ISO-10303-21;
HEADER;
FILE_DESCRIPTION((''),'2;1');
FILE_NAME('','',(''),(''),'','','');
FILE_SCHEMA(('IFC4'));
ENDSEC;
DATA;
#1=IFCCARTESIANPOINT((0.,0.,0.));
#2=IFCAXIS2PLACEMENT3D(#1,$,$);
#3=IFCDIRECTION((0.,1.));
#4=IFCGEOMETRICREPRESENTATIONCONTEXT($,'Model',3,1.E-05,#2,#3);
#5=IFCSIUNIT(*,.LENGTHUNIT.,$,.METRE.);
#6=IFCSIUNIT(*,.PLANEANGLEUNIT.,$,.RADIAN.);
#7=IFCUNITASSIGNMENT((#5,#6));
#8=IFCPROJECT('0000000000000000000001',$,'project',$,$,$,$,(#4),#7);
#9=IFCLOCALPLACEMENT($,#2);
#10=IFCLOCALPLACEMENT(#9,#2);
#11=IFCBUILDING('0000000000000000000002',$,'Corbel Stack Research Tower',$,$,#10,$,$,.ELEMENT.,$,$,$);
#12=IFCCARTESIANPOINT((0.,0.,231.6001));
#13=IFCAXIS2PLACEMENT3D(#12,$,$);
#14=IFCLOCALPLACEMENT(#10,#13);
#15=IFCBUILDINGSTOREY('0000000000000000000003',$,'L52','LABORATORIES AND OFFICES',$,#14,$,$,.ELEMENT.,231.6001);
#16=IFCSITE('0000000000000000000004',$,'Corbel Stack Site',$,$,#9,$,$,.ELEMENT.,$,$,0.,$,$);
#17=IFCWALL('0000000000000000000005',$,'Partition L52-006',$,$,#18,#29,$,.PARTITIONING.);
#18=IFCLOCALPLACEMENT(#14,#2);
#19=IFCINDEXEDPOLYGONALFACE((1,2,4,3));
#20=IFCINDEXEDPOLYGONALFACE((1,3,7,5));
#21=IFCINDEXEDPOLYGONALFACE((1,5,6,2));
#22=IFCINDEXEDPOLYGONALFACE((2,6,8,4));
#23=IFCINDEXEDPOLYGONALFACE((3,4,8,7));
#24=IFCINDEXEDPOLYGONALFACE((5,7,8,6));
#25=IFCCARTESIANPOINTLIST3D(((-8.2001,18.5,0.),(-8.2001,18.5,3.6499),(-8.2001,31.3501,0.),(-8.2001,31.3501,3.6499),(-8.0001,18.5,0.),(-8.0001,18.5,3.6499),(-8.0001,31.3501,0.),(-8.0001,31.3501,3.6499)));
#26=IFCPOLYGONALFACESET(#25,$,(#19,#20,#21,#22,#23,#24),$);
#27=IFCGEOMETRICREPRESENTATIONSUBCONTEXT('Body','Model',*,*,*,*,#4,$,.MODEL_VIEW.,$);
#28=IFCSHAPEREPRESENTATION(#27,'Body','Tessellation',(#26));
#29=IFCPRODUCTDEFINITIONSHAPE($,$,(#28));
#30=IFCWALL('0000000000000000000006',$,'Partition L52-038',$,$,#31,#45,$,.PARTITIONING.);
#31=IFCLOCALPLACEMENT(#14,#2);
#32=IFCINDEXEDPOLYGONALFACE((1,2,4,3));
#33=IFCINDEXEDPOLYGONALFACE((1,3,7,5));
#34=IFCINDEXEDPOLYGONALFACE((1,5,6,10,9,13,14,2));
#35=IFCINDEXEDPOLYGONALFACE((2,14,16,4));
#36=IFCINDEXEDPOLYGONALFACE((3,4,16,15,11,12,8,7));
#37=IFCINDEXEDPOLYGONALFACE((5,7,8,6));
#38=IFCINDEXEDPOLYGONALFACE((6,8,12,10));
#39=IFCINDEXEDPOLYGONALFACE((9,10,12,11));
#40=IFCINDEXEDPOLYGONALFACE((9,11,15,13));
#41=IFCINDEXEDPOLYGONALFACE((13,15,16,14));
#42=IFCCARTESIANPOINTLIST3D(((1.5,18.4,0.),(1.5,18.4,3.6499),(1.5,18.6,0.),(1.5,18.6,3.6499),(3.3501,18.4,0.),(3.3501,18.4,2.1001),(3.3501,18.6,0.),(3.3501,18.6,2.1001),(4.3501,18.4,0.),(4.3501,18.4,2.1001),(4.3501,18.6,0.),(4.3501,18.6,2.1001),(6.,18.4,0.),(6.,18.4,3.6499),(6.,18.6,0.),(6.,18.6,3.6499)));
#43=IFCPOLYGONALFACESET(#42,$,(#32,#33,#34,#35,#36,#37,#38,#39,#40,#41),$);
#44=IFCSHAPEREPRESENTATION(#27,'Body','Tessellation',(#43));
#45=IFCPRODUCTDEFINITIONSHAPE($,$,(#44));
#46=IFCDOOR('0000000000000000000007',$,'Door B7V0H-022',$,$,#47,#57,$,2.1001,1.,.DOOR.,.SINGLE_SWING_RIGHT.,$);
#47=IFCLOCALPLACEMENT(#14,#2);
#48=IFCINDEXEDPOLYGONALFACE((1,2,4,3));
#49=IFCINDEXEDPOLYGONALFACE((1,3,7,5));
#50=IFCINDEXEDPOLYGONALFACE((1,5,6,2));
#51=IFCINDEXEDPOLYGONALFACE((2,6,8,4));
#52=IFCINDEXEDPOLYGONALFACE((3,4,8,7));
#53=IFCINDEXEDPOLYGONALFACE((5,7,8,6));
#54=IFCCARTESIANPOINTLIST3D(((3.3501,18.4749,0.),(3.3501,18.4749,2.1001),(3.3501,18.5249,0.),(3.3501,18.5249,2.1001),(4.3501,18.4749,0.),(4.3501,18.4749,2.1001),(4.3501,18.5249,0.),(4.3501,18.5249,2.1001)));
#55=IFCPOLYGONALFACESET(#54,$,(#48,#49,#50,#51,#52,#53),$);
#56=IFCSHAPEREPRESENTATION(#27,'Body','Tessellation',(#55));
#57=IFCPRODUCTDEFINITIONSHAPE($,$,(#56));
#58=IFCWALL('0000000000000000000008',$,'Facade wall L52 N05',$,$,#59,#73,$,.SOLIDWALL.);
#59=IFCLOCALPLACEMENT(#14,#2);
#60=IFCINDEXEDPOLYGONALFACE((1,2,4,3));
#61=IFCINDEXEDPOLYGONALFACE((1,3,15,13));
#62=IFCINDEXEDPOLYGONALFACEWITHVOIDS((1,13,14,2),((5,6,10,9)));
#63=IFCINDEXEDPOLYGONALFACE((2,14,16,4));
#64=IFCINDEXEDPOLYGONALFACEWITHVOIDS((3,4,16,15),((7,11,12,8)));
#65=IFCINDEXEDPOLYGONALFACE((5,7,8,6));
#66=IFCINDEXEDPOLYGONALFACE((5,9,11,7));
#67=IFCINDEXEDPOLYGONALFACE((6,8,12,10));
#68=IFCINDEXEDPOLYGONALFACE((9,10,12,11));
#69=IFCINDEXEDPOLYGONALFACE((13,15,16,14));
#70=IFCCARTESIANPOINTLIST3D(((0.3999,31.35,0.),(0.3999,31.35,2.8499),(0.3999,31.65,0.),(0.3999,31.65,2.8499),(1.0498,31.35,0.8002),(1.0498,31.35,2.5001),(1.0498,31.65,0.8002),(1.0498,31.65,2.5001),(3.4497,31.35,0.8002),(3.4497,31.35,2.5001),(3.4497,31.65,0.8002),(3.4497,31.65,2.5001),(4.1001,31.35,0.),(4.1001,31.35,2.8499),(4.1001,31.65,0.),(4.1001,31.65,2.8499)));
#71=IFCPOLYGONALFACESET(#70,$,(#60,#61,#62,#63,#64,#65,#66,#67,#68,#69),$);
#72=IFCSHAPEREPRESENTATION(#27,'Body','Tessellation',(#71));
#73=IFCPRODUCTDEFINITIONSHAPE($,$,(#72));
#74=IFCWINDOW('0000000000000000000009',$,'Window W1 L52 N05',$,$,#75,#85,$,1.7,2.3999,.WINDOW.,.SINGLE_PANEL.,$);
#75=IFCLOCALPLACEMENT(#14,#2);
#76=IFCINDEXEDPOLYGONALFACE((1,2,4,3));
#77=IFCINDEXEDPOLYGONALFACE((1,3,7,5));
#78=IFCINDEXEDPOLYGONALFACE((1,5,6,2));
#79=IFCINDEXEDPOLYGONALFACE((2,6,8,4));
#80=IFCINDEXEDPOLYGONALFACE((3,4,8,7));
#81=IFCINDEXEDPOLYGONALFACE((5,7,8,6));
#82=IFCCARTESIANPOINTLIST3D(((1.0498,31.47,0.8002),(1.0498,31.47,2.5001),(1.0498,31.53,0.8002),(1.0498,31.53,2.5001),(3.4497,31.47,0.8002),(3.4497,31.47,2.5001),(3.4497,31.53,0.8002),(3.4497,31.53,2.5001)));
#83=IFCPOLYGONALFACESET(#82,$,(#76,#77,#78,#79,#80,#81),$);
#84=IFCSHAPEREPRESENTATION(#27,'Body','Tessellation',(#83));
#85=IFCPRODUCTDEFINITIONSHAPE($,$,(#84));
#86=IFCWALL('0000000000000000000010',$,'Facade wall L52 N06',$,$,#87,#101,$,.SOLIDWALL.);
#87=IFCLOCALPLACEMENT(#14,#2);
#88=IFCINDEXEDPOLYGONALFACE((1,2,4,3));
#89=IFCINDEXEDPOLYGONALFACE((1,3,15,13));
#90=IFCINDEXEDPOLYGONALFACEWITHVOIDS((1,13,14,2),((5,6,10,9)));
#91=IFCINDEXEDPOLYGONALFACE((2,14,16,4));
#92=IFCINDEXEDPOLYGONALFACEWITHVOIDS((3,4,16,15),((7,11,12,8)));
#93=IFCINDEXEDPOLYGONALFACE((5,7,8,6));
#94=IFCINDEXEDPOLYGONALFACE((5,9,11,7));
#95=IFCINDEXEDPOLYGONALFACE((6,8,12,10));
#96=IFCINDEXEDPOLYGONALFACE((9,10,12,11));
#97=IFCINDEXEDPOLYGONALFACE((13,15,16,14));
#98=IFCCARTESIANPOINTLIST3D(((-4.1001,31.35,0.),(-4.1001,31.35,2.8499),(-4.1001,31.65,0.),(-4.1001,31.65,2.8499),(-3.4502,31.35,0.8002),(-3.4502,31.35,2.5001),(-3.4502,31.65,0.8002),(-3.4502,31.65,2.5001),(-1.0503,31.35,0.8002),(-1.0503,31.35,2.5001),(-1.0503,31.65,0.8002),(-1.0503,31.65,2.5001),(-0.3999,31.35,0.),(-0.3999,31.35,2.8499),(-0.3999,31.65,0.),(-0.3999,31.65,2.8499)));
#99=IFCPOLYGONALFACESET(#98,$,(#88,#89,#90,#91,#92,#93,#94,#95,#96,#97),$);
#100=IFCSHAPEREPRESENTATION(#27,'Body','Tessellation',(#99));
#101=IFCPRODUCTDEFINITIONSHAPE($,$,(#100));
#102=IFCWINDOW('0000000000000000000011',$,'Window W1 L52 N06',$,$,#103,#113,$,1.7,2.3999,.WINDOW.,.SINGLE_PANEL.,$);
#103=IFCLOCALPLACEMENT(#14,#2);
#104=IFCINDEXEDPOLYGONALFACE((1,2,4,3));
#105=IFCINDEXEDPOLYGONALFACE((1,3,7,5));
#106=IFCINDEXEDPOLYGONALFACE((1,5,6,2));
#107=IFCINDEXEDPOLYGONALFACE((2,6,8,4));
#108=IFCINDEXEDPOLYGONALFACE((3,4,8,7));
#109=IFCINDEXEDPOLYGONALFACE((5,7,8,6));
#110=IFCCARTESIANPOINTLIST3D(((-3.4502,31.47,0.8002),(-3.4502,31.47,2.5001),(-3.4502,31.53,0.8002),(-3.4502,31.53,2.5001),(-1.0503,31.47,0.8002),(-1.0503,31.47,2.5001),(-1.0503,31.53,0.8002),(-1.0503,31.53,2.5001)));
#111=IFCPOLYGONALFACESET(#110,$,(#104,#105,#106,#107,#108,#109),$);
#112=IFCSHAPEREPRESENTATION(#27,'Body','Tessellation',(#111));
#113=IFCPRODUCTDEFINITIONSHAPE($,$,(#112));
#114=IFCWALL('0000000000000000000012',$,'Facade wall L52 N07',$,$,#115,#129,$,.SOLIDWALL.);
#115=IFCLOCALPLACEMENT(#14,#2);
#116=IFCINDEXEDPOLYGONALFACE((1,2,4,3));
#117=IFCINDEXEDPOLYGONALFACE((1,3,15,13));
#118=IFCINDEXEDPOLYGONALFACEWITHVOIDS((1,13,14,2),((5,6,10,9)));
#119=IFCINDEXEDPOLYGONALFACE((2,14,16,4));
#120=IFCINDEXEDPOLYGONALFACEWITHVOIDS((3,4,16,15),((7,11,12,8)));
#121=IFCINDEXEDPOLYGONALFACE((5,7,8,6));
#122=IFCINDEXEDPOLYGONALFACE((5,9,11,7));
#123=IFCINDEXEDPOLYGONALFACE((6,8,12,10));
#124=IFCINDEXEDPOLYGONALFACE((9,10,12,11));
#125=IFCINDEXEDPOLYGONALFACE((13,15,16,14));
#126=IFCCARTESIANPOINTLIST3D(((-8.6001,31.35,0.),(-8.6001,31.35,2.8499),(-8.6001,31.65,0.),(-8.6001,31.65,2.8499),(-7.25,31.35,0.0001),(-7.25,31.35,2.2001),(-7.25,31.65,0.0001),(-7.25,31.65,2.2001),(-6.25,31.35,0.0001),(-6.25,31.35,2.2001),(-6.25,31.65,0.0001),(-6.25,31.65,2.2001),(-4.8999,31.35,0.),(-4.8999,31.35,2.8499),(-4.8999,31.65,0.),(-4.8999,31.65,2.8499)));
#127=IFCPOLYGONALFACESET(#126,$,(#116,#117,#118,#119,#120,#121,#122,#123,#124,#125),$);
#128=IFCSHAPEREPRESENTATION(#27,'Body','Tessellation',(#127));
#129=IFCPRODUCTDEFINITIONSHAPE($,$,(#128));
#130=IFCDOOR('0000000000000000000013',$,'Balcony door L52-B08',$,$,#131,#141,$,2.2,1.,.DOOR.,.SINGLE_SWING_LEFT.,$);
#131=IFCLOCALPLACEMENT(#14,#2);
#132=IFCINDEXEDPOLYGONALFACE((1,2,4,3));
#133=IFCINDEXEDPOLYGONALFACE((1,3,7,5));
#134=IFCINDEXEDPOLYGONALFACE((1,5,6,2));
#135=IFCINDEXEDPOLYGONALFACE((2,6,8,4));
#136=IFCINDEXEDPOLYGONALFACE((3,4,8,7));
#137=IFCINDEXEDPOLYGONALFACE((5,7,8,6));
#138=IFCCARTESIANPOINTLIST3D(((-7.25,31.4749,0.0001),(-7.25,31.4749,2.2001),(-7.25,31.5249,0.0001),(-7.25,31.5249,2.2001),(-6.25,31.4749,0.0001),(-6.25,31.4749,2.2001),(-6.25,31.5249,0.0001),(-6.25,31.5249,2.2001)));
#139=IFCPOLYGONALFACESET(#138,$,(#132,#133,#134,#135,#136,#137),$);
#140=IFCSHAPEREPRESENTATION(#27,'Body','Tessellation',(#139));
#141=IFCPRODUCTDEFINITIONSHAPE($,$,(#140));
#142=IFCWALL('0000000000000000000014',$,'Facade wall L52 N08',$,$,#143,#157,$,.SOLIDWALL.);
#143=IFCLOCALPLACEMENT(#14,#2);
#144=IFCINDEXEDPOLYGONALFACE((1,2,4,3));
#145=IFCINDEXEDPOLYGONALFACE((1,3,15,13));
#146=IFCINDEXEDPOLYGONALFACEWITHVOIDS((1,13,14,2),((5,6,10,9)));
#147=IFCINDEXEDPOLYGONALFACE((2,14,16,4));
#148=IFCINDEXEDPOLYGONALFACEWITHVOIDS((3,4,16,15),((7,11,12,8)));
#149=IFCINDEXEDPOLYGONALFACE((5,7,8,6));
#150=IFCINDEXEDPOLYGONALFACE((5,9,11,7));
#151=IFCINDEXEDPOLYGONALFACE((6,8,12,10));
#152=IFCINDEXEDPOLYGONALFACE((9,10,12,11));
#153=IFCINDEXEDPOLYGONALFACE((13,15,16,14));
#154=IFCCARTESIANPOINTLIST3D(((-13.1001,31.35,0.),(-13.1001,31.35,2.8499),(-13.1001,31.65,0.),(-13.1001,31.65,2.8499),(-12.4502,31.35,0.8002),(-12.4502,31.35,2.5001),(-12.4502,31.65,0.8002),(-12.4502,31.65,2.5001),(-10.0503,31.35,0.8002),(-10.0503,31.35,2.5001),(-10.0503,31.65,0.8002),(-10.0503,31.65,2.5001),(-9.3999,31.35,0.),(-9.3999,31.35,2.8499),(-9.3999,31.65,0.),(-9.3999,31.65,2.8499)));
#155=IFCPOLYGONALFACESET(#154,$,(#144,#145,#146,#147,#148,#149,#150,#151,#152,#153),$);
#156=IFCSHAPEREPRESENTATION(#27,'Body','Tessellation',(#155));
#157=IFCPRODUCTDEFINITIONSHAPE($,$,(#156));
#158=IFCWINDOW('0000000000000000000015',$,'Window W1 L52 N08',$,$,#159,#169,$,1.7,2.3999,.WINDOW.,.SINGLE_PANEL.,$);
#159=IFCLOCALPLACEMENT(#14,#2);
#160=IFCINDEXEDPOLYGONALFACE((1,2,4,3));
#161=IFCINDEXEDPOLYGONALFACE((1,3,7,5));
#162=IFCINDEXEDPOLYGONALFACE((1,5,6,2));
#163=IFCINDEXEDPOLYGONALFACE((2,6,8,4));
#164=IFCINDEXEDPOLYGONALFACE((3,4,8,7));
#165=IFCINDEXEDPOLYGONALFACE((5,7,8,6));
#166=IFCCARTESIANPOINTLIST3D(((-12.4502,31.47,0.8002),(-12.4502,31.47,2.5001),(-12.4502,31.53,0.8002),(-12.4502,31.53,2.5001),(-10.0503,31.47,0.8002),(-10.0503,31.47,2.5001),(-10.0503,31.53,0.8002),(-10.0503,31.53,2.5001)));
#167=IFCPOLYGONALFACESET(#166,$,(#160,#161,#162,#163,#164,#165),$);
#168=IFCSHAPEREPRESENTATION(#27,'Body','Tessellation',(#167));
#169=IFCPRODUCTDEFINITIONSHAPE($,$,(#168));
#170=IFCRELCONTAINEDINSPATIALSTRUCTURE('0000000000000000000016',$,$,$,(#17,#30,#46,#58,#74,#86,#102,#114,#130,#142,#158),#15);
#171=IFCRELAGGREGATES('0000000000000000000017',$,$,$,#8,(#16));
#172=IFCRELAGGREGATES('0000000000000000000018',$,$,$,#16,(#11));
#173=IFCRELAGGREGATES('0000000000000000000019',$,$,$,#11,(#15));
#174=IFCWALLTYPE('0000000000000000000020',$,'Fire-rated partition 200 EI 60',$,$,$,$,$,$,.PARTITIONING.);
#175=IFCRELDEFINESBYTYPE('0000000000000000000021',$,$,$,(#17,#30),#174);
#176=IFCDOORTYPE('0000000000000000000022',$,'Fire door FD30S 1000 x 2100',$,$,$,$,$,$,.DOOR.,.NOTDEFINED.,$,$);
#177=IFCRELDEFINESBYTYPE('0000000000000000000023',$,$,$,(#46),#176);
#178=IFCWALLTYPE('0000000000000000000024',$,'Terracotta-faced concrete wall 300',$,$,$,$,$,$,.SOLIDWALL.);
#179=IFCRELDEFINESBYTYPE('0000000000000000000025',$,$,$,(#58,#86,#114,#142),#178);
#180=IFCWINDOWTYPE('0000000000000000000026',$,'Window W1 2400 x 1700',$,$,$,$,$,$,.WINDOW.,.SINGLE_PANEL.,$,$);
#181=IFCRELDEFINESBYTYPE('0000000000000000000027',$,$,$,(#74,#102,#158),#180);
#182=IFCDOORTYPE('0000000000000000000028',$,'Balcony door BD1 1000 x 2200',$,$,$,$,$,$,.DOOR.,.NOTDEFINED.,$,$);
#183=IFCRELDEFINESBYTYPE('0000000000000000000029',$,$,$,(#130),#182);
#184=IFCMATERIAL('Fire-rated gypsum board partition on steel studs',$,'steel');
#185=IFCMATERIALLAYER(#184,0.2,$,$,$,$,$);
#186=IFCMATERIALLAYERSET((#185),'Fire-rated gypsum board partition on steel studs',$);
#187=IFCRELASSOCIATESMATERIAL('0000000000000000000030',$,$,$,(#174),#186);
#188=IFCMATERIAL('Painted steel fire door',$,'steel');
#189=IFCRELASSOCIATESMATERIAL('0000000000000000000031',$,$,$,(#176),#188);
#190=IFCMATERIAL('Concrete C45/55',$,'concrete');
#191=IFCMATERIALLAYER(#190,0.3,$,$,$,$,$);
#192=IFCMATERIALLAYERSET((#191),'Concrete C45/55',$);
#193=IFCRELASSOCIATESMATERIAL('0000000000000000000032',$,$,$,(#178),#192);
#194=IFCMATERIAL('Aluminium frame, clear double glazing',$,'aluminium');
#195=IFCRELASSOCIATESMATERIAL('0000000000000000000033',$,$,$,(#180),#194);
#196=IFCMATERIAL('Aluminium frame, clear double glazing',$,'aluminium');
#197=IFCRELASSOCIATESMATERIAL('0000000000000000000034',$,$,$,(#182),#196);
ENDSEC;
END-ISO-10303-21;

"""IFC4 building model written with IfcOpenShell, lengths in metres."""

from ifc_helpers import new_model, si_unit, direction, frame, frame_2d, origin, place, context, subcontext, project, spatial, rectangle, extrude, material, layer, layer_set, type_object, element, fill, save


model = new_model("IFC4")

# Units and contexts
model_context = context("Model", 3, precision=1e-05, world=origin(), true_north=direction((0.0, 1.0)))
body_context = subcontext(model_context, "Body", "Model", "MODEL_VIEW")
ifc_project = project(units=[si_unit("LENGTHUNIT", "METRE"), si_unit("PLANEANGLEUNIT", "RADIAN")], contexts=[model_context])

# Site, building, storey
site_placement = place(None, origin())
site = spatial("IfcSite", under=ifc_project, at=site_placement, Name="Corbel Stack Site", CompositionType="ELEMENT", RefElevation=0.0)
building_placement = place(site_placement, origin())
building = spatial("IfcBuilding", under=site, at=building_placement, Name="Corbel Stack Research Tower", CompositionType="ELEMENT")
storey_placement = place(building_placement, frame((0.0, 0.0, 231.6001)))
storey = spatial("IfcBuildingStorey", under=building, at=storey_placement, Name="L52", Description="LABORATORIES AND OFFICES", CompositionType="ELEMENT", Elevation=231.6001)

# Wall
ifc_material_1 = material(Name="Fire-rated gypsum board partition on steel studs", Category="steel")
ifc_layer_1 = layer(ifc_material_1, 0.2)
ifc_layer_set_1 = layer_set([ifc_layer_1], Name="Fire-rated gypsum board partition on steel studs")
wall_type_1 = type_object("IfcWallType", Name="Fire-rated partition 200 EI 60", PredefinedType="PARTITIONING", material=ifc_layer_set_1)
wall_1_placement = place(storey_placement, frame((-8.1001, 18.5, 0.0), z_axis=(0.0, 0.0, 1.0), x_axis=(0.0, 1.0, 0.0)))
element("IfcWall", 1, at=wall_1_placement, inside=storey, type_object=wall_type_1, Name="Partition L52-006", PredefinedType="PARTITIONING", context=body_context, shape_type="SweptSolid", body=[
    extrude(rectangle(XDim=12.8501, YDim=0.2, at=frame_2d((6.425, 0.0))), origin(), (0.0, 0.0, 1.0), 3.6499),
])

# Wall, opening, door
wall_2_placement = place(storey_placement, frame((1.5, 18.5, 0.0), z_axis=(0.0, 0.0, 1.0), x_axis=(1.0, 0.0, 0.0)))
wall_2 = element("IfcWall", 2, at=wall_2_placement, inside=storey, type_object=wall_type_1, Name="Partition L52-038", PredefinedType="PARTITIONING", context=body_context, shape_type="SweptSolid", body=[
    extrude(rectangle(XDim=4.5, YDim=0.2, at=frame_2d((2.25, 0.0))), origin(), (0.0, 0.0, 1.0), 3.6499),
])
opening_1_placement = place(wall_2_placement, frame((1.8501, 0.0, 0.0)))
opening_1 = element("IfcOpeningElement", 3, at=opening_1_placement, cuts=wall_2, PredefinedType="OPENING", context=body_context, shape_type="SweptSolid", body=[
    extrude(rectangle(XDim=1.0, YDim=2.1001, at=frame_2d((0.5, 1.05))), frame((0.0, 0.1099, 0.0), z_axis=(0.0, -1.0, 0.0), x_axis=(1.0, 0.0, 0.0)), (0.0, 0.0, 1.0), 0.22),
])
ifc_material_2 = material(Name="Painted steel fire door", Category="steel")
door_type_1 = type_object("IfcDoorType", Name="Fire door FD30S 1000 x 2100", OperationType="NOTDEFINED", PredefinedType="DOOR", material=ifc_material_2)
door_1_placement = place(opening_1_placement, origin())
door_1 = element("IfcDoor", 4, at=door_1_placement, inside=storey, type_object=door_type_1, Name="Door B7V0H-022", OperationType="SINGLE_SWING_RIGHT", OverallHeight=2.1001, OverallWidth=1.0, PredefinedType="DOOR", context=body_context, shape_type="SweptSolid", body=[
    extrude(rectangle(XDim=1.0, YDim=2.1001, at=frame_2d((0.5, 1.05))), frame((0.0, 0.0249, 0.0), z_axis=(0.0, -1.0, 0.0), x_axis=(1.0, 0.0, 0.0)), (0.0, 0.0, 1.0), 0.05),
])
fill(opening_1, door_1)

# Walls, openings, windows
ifc_material_3 = material(Name="Concrete C45/55", Category="concrete")
ifc_layer_2 = layer(ifc_material_3, 0.3)
ifc_layer_set_2 = layer_set([ifc_layer_2], Name="Concrete C45/55")
wall_type_2 = type_object("IfcWallType", Name="Terracotta-faced concrete wall 300", PredefinedType="SOLIDWALL", material=ifc_layer_set_2)
wall_3_placement = place(storey_placement, frame((0.3999, 31.5, 0.0), z_axis=(0.0, 0.0, 1.0), x_axis=(1.0, 0.0, 0.0)))
wall_3 = element("IfcWall", 5, at=wall_3_placement, inside=storey, type_object=wall_type_2, Name="Facade wall L52 N05", PredefinedType="SOLIDWALL", context=body_context, shape_type="SweptSolid", body=[
    extrude(rectangle(XDim=3.7002, YDim=0.3, at=frame_2d((1.8501, 0.0))), origin(), (0.0, 0.0, 1.0), 2.8499),
])
opening_2_placement = place(wall_3_placement, frame((0.6499, 0.0, 0.8)))
opening_2 = element("IfcOpeningElement", 6, at=opening_2_placement, cuts=wall_3, PredefinedType="OPENING", context=body_context, shape_type="SweptSolid", body=[
    extrude(rectangle(XDim=2.3999, YDim=1.7, at=frame_2d((1.2, 0.8501))), frame((0.0, 0.1599, 0.0), z_axis=(0.0, -1.0, 0.0), x_axis=(1.0, 0.0, 0.0)), (0.0, 0.0, 1.0), 0.3201),
])
ifc_material_4 = material(Name="Aluminium frame, clear double glazing", Category="aluminium")
window_type = type_object("IfcWindowType", Name="Window W1 2400 x 1700", PartitioningType="SINGLE_PANEL", PredefinedType="WINDOW", material=ifc_material_4)
window_1_placement = place(opening_2_placement, origin())
window_1 = element("IfcWindow", 7, at=window_1_placement, inside=storey, type_object=window_type, Name="Window W1 L52 N05", OverallHeight=1.7, OverallWidth=2.3999, PartitioningType="SINGLE_PANEL", PredefinedType="WINDOW", context=body_context, shape_type="SweptSolid", body=[
    extrude(rectangle(XDim=2.3999, YDim=1.7, at=frame_2d((1.2, 0.8501))), frame((0.0, 0.03, 0.0), z_axis=(0.0, -1.0, 0.0), x_axis=(1.0, 0.0, 0.0)), (0.0, 0.0, 1.0), 0.0601),
])
fill(opening_2, window_1)
wall_4_placement = place(storey_placement, frame((-4.1001, 31.5, 0.0), z_axis=(0.0, 0.0, 1.0), x_axis=(1.0, 0.0, 0.0)))
wall_4 = element("IfcWall", 8, at=wall_4_placement, inside=storey, type_object=wall_type_2, Name="Facade wall L52 N06", PredefinedType="SOLIDWALL", context=body_context, shape_type="SweptSolid", body=[
    extrude(rectangle(XDim=3.7002, YDim=0.3, at=frame_2d((1.8501, 0.0))), origin(), (0.0, 0.0, 1.0), 2.8499),
])
opening_3_placement = place(wall_4_placement, frame((0.6499, 0.0, 0.8)))
opening_3 = element("IfcOpeningElement", 9, at=opening_3_placement, cuts=wall_4, PredefinedType="OPENING", context=body_context, shape_type="SweptSolid", body=[
    extrude(rectangle(XDim=2.3999, YDim=1.7, at=frame_2d((1.2, 0.8501))), frame((0.0, 0.1599, 0.0), z_axis=(0.0, -1.0, 0.0), x_axis=(1.0, 0.0, 0.0)), (0.0, 0.0, 1.0), 0.3201),
])
window_2_placement = place(opening_3_placement, origin())
window_2 = element("IfcWindow", 10, at=window_2_placement, inside=storey, type_object=window_type, Name="Window W1 L52 N06", OverallHeight=1.7, OverallWidth=2.3999, PartitioningType="SINGLE_PANEL", PredefinedType="WINDOW", context=body_context, shape_type="SweptSolid", body=[
    extrude(rectangle(XDim=2.3999, YDim=1.7, at=frame_2d((1.2, 0.8501))), frame((0.0, 0.03, 0.0), z_axis=(0.0, -1.0, 0.0), x_axis=(1.0, 0.0, 0.0)), (0.0, 0.0, 1.0), 0.0601),
])
fill(opening_3, window_2)

# Wall, opening, door
wall_5_placement = place(storey_placement, frame((-8.6001, 31.5, 0.0), z_axis=(0.0, 0.0, 1.0), x_axis=(1.0, 0.0, 0.0)))
wall_5 = element("IfcWall", 11, at=wall_5_placement, inside=storey, type_object=wall_type_2, Name="Facade wall L52 N07", PredefinedType="SOLIDWALL", context=body_context, shape_type="SweptSolid", body=[
    extrude(rectangle(XDim=3.7002, YDim=0.3, at=frame_2d((1.8501, 0.0))), origin(), (0.0, 0.0, 1.0), 2.8499),
])
opening_4_placement = place(wall_5_placement, frame((1.3501, 0.0, 0.0)))
opening_4 = element("IfcOpeningElement", 12, at=opening_4_placement, cuts=wall_5, PredefinedType="OPENING", context=body_context, shape_type="SweptSolid", body=[
    extrude(rectangle(XDim=1.0, YDim=2.2, at=frame_2d((0.5, 1.1001))), frame((0.0, 0.1599, 0.0), z_axis=(0.0, -1.0, 0.0), x_axis=(1.0, 0.0, 0.0)), (0.0, 0.0, 1.0), 0.3201),
])
ifc_material_5 = material(Name="Aluminium frame, clear double glazing", Category="aluminium")
door_type_2 = type_object("IfcDoorType", Name="Balcony door BD1 1000 x 2200", OperationType="NOTDEFINED", PredefinedType="DOOR", material=ifc_material_5)
door_2_placement = place(opening_4_placement, origin())
door_2 = element("IfcDoor", 13, at=door_2_placement, inside=storey, type_object=door_type_2, Name="Balcony door L52-B08", OperationType="SINGLE_SWING_LEFT", OverallHeight=2.2, OverallWidth=1.0, PredefinedType="DOOR", context=body_context, shape_type="SweptSolid", body=[
    extrude(rectangle(XDim=1.0, YDim=2.2, at=frame_2d((0.5, 1.1001))), frame((0.0, 0.0249, 0.0), z_axis=(0.0, -1.0, 0.0), x_axis=(1.0, 0.0, 0.0)), (0.0, 0.0, 1.0), 0.05),
])
fill(opening_4, door_2)

# Wall, opening, window
wall_6_placement = place(storey_placement, frame((-13.1001, 31.5, 0.0), z_axis=(0.0, 0.0, 1.0), x_axis=(1.0, 0.0, 0.0)))
wall_6 = element("IfcWall", 14, at=wall_6_placement, inside=storey, type_object=wall_type_2, Name="Facade wall L52 N08", PredefinedType="SOLIDWALL", context=body_context, shape_type="SweptSolid", body=[
    extrude(rectangle(XDim=3.7002, YDim=0.3, at=frame_2d((1.8501, 0.0))), origin(), (0.0, 0.0, 1.0), 2.8499),
])
opening_5_placement = place(wall_6_placement, frame((0.6499, 0.0, 0.8)))
opening_5 = element("IfcOpeningElement", 15, at=opening_5_placement, cuts=wall_6, PredefinedType="OPENING", context=body_context, shape_type="SweptSolid", body=[
    extrude(rectangle(XDim=2.3999, YDim=1.7, at=frame_2d((1.2, 0.8501))), frame((0.0, 0.1599, 0.0), z_axis=(0.0, -1.0, 0.0), x_axis=(1.0, 0.0, 0.0)), (0.0, 0.0, 1.0), 0.3201),
])
window_3_placement = place(opening_5_placement, origin())
window_3 = element("IfcWindow", 16, at=window_3_placement, inside=storey, type_object=window_type, Name="Window W1 L52 N08", OverallHeight=1.7, OverallWidth=2.3999, PartitioningType="SINGLE_PANEL", PredefinedType="WINDOW", context=body_context, shape_type="SweptSolid", body=[
    extrude(rectangle(XDim=2.3999, YDim=1.7, at=frame_2d((1.2, 0.8501))), frame((0.0, 0.03, 0.0), z_axis=(0.0, -1.0, 0.0), x_axis=(1.0, 0.0, 0.0)), (0.0, 0.0, 1.0), 0.0601),
])
fill(opening_5, window_3)

save(model, "model.ifc")
